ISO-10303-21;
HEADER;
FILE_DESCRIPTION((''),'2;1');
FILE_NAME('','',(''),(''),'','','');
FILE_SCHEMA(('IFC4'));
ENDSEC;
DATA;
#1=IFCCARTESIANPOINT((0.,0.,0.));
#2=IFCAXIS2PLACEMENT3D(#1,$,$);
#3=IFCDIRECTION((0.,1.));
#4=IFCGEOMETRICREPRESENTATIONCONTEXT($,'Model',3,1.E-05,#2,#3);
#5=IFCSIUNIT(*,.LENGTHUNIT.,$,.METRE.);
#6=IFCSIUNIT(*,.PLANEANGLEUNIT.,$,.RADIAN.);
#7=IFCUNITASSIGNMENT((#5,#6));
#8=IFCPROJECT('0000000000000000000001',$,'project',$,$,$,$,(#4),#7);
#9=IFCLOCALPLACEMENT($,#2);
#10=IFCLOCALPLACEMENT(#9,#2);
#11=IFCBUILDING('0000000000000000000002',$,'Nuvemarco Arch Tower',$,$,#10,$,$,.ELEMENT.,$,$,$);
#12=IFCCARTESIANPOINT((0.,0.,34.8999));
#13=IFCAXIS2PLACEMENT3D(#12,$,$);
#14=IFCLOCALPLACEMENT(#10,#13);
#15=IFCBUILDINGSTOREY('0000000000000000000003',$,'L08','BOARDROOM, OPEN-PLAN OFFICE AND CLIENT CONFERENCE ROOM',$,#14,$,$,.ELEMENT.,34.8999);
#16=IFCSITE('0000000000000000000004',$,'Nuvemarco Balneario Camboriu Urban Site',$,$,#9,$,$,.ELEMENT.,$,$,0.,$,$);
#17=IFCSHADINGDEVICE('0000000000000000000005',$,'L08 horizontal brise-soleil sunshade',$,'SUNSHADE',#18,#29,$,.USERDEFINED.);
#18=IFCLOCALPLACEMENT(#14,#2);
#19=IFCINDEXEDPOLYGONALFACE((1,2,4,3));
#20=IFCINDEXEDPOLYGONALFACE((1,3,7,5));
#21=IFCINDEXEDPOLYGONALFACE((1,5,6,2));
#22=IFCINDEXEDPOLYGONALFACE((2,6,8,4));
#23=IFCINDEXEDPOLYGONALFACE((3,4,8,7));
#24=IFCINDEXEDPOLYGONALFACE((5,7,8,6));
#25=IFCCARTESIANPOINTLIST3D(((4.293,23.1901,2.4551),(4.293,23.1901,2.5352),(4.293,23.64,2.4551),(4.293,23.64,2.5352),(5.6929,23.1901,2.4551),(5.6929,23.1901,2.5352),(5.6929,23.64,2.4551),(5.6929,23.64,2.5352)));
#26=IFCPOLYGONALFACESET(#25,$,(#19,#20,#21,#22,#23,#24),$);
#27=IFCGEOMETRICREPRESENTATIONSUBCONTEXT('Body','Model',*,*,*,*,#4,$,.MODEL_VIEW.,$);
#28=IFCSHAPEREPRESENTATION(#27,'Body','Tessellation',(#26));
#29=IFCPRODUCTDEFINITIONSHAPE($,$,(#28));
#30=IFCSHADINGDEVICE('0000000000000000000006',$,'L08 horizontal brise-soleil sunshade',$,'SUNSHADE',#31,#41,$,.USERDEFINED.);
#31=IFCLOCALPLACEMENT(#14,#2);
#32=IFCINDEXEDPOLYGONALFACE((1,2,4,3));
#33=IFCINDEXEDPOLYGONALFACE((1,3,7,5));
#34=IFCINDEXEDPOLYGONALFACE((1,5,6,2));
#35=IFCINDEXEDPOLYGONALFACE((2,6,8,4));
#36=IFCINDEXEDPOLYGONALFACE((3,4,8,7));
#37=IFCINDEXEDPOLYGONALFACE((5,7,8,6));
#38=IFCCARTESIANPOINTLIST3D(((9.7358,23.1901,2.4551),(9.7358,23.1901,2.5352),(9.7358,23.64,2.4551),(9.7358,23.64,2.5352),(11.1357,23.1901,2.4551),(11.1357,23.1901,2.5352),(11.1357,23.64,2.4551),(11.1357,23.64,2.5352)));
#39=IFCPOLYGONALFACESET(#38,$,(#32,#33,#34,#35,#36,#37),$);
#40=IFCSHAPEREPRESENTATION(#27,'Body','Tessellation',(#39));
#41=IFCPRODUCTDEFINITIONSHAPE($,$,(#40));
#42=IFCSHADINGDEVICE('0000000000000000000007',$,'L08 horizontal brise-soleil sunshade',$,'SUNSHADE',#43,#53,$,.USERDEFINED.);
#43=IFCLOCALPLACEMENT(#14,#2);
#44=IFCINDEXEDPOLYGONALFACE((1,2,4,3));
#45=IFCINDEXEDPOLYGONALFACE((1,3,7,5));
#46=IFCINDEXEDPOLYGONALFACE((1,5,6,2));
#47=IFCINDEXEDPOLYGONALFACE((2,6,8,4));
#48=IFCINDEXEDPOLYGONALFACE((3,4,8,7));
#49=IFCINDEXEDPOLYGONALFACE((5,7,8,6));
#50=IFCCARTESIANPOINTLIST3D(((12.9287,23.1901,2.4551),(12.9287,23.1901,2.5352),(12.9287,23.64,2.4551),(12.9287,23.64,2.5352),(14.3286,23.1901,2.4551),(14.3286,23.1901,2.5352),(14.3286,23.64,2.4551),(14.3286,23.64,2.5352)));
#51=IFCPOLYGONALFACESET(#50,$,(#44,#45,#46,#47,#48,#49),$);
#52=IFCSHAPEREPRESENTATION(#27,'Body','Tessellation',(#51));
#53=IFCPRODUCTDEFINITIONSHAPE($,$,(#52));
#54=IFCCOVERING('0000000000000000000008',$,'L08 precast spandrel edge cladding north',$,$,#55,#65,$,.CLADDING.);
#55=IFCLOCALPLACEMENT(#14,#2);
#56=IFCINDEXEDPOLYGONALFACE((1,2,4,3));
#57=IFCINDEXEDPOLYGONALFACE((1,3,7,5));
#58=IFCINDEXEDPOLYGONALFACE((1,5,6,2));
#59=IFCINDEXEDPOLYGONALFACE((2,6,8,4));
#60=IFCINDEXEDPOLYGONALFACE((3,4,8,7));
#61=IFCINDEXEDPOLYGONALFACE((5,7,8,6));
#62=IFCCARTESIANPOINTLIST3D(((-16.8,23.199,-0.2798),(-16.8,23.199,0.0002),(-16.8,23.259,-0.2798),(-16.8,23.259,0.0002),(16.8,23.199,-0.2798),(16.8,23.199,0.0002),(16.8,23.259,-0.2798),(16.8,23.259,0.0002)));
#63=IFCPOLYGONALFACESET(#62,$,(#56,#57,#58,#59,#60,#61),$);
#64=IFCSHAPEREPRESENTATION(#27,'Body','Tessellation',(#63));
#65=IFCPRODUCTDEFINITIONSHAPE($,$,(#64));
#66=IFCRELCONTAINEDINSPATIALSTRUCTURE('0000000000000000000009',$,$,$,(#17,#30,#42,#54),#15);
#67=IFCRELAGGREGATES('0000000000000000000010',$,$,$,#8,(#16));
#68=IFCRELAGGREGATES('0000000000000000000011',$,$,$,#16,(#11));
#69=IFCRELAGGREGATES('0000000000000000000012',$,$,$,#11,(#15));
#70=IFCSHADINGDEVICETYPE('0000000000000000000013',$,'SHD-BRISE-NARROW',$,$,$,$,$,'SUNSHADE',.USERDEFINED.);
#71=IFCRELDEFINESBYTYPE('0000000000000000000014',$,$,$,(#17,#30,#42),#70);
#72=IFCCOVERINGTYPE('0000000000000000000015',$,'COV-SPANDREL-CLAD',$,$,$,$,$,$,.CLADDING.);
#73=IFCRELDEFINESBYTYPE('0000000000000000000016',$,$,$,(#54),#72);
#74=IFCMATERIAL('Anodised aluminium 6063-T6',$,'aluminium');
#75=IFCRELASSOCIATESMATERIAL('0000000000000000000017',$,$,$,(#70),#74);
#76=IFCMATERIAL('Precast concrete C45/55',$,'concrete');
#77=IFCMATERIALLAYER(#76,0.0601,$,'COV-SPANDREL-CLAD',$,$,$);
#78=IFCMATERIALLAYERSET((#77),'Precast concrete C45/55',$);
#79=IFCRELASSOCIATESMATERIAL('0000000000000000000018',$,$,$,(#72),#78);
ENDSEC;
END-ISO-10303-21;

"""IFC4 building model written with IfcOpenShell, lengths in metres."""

from ifc_helpers import new_model, si_unit, direction, frame, origin, origin_2d, place, context, subcontext, project, spatial, rectangle, extrude, source, transform, mapped, material, layer, layer_set, type_object, type_shapes, element, save


model = new_model("IFC4")

# Units and contexts
model_context = context("Model", 3, precision=1e-05, world=origin(), true_north=direction((0.0, 1.0)))
body_context = subcontext(model_context, "Body", "Model", "MODEL_VIEW")
ifc_project = project(units=[si_unit("LENGTHUNIT", "METRE"), si_unit("PLANEANGLEUNIT", "RADIAN")], contexts=[model_context])

# Site, building, storey
site_placement = place(None, origin())
site = spatial("IfcSite", under=ifc_project, at=site_placement, Name="Nuvemarco Balneario Camboriu Urban Site", CompositionType="ELEMENT", RefElevation=0.0)
building_placement = place(site_placement, origin())
building = spatial("IfcBuilding", under=site, at=building_placement, Name="Nuvemarco Arch Tower", CompositionType="ELEMENT")
storey_placement = place(building_placement, frame((0.0, 0.0, 34.8999)))
storey = spatial("IfcBuildingStorey", under=building, at=storey_placement, Name="L08", Description="BOARDROOM, OPEN-PLAN OFFICE AND CLIENT CONFERENCE ROOM", CompositionType="ELEMENT", Elevation=34.8999)

# Shared definitions
ifc_material_1 = material(Name="Precast concrete C45/55", Category="concrete")

# Shading devices
ifc_material_2 = material(Name="Anodised aluminium 6063-T6", Category="aluminium")
shading_device_type_1 = type_object("IfcShadingDeviceType", Name="SHD-BRISE-NARROW", ElementType="SUNSHADE", PredefinedType="USERDEFINED", material=ifc_material_2)
shared_shape_1 = source(origin(), body_context, "Body", "SweptSolid", [
    extrude(rectangle(XDim=1.3999, YDim=0.45, at=origin_2d()), origin(), (0.0, 0.0, 1.0), 0.0801),
])
type_shapes(shading_device_type_1, [shared_shape_1])
for number, where, z_axis, x_axis, name in (
    (1, (4.9929, 23.415, 2.4551), (0.0, 0.0, 1.0), (1.0, 0.0, 0.0), "L08 horizontal brise-soleil sunshade"),
    (2, (10.4358, 23.415, 2.4551), (0.0, 0.0, 1.0), (1.0, 0.0, 0.0), "L08 horizontal brise-soleil sunshade"),
    (3, (13.6287, 23.415, 2.4551), (0.0, 0.0, 1.0), (1.0, 0.0, 0.0), "L08 horizontal brise-soleil sunshade"),
):
    element("IfcShadingDevice", number, at=place(storey_placement, frame(where, z_axis=z_axis, x_axis=x_axis)), inside=storey, type_object=shading_device_type_1, Name=name, ObjectType="SUNSHADE", PredefinedType="USERDEFINED", context=body_context, shape_type="MappedRepresentation", body=[
        mapped(shared_shape_1, transform((0.0, 0.0, 0.0), scale=1.0)),
    ])

# Covering
ifc_layer_1 = layer(ifc_material_1, 0.0601, Name="COV-SPANDREL-CLAD")
ifc_layer_set_1 = layer_set([ifc_layer_1], Name="Precast concrete C45/55")
covering_type = type_object("IfcCoveringType", Name="COV-SPANDREL-CLAD", PredefinedType="CLADDING", material=ifc_layer_set_1)
shared_shape_2 = source(origin(), body_context, "Body", "SweptSolid", [
    extrude(rectangle(XDim=33.6001, YDim=0.0601, at=origin_2d()), origin(), (0.0, 0.0, 1.0), 0.28),
])
type_shapes(covering_type, [shared_shape_2])
covering_placement = place(storey_placement, frame((0.0, 23.229, -0.2798), z_axis=(0.0, 0.0, 1.0), x_axis=(1.0, 0.0, 0.0)))
element("IfcCovering", 4, at=covering_placement, inside=storey, type_object=covering_type, Name="L08 precast spandrel edge cladding north", PredefinedType="CLADDING", context=body_context, shape_type="MappedRepresentation", body=[
    mapped(shared_shape_2, transform((0.0, 0.0, 0.0), scale=1.0)),
])

save(model, "model.ifc")
